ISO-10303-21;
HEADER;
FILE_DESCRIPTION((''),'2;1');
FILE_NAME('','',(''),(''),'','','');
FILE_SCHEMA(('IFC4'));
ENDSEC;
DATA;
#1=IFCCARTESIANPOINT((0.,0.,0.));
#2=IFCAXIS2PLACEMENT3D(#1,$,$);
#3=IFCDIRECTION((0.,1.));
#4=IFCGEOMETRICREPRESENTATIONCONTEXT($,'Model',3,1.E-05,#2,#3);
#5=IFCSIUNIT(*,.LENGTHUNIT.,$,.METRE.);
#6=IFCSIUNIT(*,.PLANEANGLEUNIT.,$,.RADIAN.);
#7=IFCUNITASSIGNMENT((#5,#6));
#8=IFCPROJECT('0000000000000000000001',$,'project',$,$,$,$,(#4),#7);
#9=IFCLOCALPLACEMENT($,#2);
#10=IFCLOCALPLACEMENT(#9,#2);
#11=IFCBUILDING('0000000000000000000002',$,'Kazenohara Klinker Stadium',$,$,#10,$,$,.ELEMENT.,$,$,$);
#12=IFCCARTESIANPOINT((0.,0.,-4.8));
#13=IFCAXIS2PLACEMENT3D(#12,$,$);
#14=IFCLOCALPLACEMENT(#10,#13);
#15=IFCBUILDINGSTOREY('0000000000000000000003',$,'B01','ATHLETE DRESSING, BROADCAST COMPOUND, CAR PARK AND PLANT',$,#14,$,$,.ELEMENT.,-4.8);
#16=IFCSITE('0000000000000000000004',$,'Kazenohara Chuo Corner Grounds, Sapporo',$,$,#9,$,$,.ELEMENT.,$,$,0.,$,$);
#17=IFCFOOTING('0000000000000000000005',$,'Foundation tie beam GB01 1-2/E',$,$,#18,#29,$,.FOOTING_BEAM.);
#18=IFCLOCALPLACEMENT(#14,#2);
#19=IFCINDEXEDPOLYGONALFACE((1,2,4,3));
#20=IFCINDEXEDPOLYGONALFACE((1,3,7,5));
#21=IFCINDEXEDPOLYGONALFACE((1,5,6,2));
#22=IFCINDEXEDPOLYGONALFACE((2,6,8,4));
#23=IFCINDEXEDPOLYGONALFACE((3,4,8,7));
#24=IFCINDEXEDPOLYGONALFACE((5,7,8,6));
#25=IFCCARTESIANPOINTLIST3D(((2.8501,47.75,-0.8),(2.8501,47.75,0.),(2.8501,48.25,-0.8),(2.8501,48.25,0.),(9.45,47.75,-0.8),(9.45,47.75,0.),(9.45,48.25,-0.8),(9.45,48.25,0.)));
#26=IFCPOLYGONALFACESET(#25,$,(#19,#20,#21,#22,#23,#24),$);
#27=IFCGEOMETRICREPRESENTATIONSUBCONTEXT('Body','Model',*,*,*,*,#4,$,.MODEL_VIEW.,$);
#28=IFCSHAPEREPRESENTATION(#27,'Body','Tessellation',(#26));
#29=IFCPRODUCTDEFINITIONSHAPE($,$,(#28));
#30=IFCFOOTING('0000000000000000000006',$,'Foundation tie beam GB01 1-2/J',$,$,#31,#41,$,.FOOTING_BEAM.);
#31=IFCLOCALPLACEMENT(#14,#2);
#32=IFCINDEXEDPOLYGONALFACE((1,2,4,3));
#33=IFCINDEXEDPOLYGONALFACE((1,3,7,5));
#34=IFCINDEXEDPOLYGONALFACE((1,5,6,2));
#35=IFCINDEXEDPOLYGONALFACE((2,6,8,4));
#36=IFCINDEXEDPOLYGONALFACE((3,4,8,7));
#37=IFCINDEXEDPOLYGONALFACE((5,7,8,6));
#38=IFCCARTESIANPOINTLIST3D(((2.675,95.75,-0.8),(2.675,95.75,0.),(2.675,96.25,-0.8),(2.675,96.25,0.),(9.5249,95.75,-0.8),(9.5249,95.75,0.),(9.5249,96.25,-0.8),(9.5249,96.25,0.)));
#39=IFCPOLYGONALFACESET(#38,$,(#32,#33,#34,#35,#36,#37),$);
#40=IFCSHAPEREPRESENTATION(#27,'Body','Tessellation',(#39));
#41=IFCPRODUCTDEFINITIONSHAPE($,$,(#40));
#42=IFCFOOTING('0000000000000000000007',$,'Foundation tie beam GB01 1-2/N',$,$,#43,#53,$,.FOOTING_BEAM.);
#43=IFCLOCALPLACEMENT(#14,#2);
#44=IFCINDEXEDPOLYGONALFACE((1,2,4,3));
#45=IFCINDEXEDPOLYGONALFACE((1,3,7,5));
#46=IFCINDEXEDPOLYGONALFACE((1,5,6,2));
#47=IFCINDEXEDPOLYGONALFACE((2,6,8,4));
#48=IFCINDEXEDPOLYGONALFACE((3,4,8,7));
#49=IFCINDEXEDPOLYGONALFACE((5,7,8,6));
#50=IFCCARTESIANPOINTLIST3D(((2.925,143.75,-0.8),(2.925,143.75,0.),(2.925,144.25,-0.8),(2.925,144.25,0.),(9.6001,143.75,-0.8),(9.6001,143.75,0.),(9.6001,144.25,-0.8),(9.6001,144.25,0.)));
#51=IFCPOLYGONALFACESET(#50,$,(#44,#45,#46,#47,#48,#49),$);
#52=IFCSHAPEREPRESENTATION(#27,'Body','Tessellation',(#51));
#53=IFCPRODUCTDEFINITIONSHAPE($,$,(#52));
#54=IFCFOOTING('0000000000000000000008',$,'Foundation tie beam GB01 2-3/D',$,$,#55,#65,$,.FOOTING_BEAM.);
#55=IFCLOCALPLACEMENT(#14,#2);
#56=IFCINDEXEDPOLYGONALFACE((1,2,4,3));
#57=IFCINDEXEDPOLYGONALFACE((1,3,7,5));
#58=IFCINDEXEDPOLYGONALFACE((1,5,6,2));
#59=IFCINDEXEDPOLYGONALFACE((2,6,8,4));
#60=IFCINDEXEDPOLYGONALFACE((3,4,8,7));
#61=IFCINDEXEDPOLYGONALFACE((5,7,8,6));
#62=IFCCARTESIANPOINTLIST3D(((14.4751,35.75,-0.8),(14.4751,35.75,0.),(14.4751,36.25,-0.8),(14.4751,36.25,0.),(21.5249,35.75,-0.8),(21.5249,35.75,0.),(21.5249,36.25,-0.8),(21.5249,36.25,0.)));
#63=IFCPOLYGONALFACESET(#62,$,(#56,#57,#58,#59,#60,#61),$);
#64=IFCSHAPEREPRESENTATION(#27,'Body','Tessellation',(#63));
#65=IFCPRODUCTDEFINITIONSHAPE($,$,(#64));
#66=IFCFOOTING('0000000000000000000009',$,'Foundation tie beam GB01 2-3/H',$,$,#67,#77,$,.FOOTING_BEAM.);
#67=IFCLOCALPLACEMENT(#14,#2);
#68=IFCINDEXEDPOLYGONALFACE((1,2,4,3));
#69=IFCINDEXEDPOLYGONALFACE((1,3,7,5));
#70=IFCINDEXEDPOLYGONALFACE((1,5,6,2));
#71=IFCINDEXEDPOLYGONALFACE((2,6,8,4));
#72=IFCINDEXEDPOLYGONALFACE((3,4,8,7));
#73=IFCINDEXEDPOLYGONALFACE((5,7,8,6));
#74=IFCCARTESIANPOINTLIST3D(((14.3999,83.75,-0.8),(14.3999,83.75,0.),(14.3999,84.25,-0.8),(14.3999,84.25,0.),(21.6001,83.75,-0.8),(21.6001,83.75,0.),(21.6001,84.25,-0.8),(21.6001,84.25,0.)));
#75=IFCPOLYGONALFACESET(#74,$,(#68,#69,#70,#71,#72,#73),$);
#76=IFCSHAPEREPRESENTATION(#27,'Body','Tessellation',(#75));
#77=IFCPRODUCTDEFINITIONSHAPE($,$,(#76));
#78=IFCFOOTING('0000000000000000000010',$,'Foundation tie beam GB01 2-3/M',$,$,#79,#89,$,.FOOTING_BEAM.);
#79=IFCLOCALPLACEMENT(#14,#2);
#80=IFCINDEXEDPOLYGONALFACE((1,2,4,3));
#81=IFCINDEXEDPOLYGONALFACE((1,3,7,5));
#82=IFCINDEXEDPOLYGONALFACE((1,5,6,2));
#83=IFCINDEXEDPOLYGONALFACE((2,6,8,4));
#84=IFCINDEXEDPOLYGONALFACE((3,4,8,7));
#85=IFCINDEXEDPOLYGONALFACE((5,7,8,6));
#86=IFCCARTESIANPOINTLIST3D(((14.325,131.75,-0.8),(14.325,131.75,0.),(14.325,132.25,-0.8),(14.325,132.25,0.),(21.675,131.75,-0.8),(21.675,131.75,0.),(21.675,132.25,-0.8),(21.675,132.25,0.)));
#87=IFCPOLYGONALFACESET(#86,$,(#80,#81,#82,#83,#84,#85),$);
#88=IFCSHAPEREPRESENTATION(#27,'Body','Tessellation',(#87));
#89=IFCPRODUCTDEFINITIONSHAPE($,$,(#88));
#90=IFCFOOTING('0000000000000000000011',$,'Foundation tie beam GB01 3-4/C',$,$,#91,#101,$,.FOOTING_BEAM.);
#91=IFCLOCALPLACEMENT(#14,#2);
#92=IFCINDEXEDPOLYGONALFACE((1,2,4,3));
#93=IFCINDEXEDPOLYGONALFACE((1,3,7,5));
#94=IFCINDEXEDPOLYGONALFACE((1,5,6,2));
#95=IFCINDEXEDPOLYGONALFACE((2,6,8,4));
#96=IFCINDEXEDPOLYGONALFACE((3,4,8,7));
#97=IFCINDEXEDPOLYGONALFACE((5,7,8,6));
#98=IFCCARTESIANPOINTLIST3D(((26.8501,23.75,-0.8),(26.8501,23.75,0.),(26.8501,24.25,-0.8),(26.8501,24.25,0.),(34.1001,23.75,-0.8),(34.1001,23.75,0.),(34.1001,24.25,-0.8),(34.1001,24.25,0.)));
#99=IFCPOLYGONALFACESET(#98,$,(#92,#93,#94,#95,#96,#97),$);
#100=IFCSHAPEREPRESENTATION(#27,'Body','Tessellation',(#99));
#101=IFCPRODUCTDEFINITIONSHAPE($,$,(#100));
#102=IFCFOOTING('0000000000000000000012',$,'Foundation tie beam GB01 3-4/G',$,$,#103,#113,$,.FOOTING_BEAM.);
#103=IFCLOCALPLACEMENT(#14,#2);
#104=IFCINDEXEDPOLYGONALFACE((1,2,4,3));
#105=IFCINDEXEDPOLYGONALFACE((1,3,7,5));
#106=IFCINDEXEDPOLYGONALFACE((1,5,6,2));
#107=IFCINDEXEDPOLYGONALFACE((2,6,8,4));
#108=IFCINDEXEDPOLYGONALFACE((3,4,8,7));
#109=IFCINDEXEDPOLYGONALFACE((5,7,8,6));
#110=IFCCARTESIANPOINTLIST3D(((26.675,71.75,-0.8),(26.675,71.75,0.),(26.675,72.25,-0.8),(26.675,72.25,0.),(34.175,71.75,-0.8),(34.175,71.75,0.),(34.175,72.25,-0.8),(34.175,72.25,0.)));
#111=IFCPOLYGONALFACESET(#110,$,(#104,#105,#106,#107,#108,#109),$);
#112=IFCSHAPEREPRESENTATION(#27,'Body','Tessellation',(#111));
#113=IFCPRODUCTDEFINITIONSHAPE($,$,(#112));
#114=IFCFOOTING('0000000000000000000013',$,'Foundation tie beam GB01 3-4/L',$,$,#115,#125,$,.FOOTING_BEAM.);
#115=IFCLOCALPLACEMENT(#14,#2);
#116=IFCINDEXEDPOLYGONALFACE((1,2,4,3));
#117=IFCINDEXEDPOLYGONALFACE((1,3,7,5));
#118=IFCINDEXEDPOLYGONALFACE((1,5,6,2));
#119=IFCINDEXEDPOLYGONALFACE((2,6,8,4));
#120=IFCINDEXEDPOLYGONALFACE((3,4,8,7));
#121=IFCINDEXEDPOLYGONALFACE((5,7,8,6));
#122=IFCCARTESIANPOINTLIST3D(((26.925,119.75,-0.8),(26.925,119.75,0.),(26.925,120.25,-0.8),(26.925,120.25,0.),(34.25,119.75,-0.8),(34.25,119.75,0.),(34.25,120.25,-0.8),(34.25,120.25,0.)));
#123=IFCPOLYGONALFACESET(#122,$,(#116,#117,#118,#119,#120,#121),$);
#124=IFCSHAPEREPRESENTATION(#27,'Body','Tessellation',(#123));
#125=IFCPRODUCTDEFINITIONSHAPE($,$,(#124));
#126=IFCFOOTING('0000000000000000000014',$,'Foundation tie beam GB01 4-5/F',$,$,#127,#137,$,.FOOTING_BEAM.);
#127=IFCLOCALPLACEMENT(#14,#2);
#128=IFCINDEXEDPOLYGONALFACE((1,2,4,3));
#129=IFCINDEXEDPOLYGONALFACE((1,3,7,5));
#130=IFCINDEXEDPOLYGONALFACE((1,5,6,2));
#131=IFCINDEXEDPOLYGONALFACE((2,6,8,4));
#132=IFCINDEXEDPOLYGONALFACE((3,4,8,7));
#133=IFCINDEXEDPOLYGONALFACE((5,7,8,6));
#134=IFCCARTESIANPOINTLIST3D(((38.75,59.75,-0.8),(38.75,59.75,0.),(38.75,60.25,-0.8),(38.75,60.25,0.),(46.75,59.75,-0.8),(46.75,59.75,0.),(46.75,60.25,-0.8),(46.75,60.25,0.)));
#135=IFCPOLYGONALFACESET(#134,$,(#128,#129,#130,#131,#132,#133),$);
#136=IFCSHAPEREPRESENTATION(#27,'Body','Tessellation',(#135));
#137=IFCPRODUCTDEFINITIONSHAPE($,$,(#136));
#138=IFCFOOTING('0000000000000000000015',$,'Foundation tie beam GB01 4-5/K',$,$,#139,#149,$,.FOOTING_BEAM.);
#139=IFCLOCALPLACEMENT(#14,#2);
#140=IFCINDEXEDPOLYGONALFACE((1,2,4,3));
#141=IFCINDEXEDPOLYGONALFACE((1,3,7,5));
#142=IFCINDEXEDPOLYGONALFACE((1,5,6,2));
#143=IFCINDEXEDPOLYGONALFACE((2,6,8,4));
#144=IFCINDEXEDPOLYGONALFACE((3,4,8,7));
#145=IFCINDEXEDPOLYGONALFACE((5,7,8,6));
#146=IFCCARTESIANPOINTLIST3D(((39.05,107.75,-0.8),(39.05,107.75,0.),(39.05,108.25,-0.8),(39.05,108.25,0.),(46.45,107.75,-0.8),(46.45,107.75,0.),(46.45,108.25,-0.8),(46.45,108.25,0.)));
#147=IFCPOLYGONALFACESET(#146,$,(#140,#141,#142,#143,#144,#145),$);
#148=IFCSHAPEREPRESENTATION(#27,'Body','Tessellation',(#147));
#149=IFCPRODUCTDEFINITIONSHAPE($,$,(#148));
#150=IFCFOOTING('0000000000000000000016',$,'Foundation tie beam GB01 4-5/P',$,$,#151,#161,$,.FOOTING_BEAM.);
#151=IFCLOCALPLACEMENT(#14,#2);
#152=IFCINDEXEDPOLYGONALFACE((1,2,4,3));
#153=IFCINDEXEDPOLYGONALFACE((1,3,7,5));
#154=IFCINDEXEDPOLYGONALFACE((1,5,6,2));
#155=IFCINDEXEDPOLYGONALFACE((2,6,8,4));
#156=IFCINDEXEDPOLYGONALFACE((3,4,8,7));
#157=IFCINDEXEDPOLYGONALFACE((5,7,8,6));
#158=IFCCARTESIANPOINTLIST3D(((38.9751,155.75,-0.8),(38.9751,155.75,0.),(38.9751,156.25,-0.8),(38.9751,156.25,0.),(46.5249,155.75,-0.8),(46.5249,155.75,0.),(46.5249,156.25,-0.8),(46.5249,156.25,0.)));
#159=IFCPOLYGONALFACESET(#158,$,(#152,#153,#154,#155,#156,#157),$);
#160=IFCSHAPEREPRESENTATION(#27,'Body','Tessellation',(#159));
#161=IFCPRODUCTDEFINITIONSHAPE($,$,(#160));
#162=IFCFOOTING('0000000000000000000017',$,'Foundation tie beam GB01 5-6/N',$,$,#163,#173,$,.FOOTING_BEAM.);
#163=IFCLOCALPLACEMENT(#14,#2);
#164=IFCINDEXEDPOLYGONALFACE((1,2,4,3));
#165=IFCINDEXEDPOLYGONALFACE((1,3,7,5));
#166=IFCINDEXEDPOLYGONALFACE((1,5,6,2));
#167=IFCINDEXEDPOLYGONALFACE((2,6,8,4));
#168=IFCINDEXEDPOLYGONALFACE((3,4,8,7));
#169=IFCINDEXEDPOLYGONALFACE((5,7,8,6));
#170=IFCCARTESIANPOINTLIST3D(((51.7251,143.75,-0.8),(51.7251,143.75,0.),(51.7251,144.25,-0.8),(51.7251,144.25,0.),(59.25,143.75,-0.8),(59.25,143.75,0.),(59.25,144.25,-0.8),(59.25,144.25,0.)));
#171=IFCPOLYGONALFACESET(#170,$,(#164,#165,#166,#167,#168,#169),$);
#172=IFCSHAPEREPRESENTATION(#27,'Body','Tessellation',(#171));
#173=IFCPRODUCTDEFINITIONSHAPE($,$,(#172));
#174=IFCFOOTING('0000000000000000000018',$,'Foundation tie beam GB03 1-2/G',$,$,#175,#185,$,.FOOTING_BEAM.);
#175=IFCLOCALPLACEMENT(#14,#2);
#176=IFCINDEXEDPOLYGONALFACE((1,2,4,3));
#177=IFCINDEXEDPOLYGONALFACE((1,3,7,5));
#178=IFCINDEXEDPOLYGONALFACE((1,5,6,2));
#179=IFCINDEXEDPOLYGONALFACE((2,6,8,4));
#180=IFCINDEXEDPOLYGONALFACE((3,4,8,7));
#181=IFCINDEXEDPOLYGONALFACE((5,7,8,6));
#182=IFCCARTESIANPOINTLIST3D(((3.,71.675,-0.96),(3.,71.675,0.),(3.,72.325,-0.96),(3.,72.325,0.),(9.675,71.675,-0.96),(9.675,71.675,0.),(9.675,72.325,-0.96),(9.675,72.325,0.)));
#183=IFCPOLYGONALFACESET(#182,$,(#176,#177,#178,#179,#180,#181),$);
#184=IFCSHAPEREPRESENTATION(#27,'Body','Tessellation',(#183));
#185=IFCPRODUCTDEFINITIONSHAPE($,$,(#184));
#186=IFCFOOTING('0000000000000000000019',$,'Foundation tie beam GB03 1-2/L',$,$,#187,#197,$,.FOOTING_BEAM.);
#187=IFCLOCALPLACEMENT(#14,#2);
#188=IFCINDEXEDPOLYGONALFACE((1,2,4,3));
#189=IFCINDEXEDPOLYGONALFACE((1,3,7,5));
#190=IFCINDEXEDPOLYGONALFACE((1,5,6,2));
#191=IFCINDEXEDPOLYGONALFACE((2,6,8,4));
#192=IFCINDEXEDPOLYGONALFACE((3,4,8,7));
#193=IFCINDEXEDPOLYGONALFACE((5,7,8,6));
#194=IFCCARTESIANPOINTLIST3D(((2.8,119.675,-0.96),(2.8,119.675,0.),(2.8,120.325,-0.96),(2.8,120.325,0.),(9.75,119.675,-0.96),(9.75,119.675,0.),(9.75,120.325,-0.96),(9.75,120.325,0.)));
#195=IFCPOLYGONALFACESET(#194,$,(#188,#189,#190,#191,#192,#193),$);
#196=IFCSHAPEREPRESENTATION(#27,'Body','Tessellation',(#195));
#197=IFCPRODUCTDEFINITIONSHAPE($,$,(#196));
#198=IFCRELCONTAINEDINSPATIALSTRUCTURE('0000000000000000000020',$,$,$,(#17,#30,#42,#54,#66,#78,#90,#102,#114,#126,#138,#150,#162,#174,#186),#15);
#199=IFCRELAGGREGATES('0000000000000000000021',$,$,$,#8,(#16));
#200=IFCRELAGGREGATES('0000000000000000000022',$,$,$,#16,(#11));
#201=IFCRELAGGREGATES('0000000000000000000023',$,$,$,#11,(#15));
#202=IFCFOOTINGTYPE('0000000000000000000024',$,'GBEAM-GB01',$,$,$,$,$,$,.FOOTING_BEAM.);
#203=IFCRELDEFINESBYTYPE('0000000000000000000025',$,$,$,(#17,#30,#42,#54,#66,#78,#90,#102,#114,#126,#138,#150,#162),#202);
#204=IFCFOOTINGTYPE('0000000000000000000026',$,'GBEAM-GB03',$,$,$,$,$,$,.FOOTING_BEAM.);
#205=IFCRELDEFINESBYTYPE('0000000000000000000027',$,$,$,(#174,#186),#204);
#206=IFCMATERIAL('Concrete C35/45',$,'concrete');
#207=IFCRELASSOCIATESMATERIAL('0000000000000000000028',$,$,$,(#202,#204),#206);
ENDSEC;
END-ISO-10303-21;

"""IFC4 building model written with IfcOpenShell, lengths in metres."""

from ifc_helpers import new_model, si_unit, direction, frame, origin, place, context, subcontext, project, spatial, polyline, outline, extrude, material, type_object, element, save


model = new_model("IFC4")

# Units and contexts
model_context = context("Model", 3, precision=1e-05, world=origin(), true_north=direction((0.0, 1.0)))
body_context = subcontext(model_context, "Body", "Model", "MODEL_VIEW")
ifc_project = project(units=[si_unit("LENGTHUNIT", "METRE"), si_unit("PLANEANGLEUNIT", "RADIAN")], contexts=[model_context])

# Site, building, storey
site_placement = place(None, origin())
site = spatial("IfcSite", under=ifc_project, at=site_placement, Name="Kazenohara Chuo Corner Grounds, Sapporo", CompositionType="ELEMENT", RefElevation=0.0)
building_placement = place(site_placement, origin())
building = spatial("IfcBuilding", under=site, at=building_placement, Name="Kazenohara Klinker Stadium", CompositionType="ELEMENT")
storey_placement = place(building_placement, frame((0.0, 0.0, -4.8)))
storey = spatial("IfcBuildingStorey", under=building, at=storey_placement, Name="B01", Description="ATHLETE DRESSING, BROADCAST COMPOUND, CAR PARK AND PLANT", CompositionType="ELEMENT", Elevation=-4.8)

# Footings
ifc_material_1 = material(Name="Concrete C35/45", Category="concrete")
footing_type_1 = type_object("IfcFootingType", Name="GBEAM-GB01", PredefinedType="FOOTING_BEAM", material=ifc_material_1)
footing_1_placement = place(storey_placement, frame((0.0, 0.0, -0.8)))
element("IfcFooting", 1, at=footing_1_placement, inside=storey, type_object=footing_type_1, Name="Foundation tie beam GB01 1-2/E", PredefinedType="FOOTING_BEAM", context=body_context, shape_type="SweptSolid", body=[
    extrude(outline(polyline([(2.8501, 47.75), (9.45, 47.75), (9.45, 48.25), (2.8501, 48.25), (2.8501, 47.75)])), origin(), (0.0, 0.0, 1.0), 0.8),
])
footing_2_placement = place(storey_placement, frame((0.0, 0.0, -0.8)))
element("IfcFooting", 2, at=footing_2_placement, inside=storey, type_object=footing_type_1, Name="Foundation tie beam GB01 1-2/J", PredefinedType="FOOTING_BEAM", context=body_context, shape_type="SweptSolid", body=[
    extrude(outline(polyline([(2.675, 95.75), (9.5249, 95.75), (9.5249, 96.25), (2.675, 96.25), (2.675, 95.75)])), origin(), (0.0, 0.0, 1.0), 0.8),
])
footing_3_placement = place(storey_placement, frame((0.0, 0.0, -0.8)))
element("IfcFooting", 3, at=footing_3_placement, inside=storey, type_object=footing_type_1, Name="Foundation tie beam GB01 1-2/N", PredefinedType="FOOTING_BEAM", context=body_context, shape_type="SweptSolid", body=[
    extrude(outline(polyline([(2.925, 143.75), (9.6001, 143.75), (9.6001, 144.25), (2.925, 144.25), (2.925, 143.75)])), origin(), (0.0, 0.0, 1.0), 0.8),
])
footing_4_placement = place(storey_placement, frame((0.0, 0.0, -0.8)))
element("IfcFooting", 4, at=footing_4_placement, inside=storey, type_object=footing_type_1, Name="Foundation tie beam GB01 2-3/D", PredefinedType="FOOTING_BEAM", context=body_context, shape_type="SweptSolid", body=[
    extrude(outline(polyline([(14.4751, 35.75), (21.5249, 35.75), (21.5249, 36.25), (14.4751, 36.25), (14.4751, 35.75)])), origin(), (0.0, 0.0, 1.0), 0.8),
])
footing_5_placement = place(storey_placement, frame((0.0, 0.0, -0.8)))
element("IfcFooting", 5, at=footing_5_placement, inside=storey, type_object=footing_type_1, Name="Foundation tie beam GB01 2-3/H", PredefinedType="FOOTING_BEAM", context=body_context, shape_type="SweptSolid", body=[
    extrude(outline(polyline([(14.3999, 83.75), (21.6001, 83.75), (21.6001, 84.25), (14.3999, 84.25), (14.3999, 83.75)])), origin(), (0.0, 0.0, 1.0), 0.8),
])
footing_6_placement = place(storey_placement, frame((0.0, 0.0, -0.8)))
element("IfcFooting", 6, at=footing_6_placement, inside=storey, type_object=footing_type_1, Name="Foundation tie beam GB01 2-3/M", PredefinedType="FOOTING_BEAM", context=body_context, shape_type="SweptSolid", body=[
    extrude(outline(polyline([(14.325, 131.75), (21.675, 131.75), (21.675, 132.25), (14.325, 132.25), (14.325, 131.75)])), origin(), (0.0, 0.0, 1.0), 0.8),
])
footing_7_placement = place(storey_placement, frame((0.0, 0.0, -0.8)))
element("IfcFooting", 7, at=footing_7_placement, inside=storey, type_object=footing_type_1, Name="Foundation tie beam GB01 3-4/C", PredefinedType="FOOTING_BEAM", context=body_context, shape_type="SweptSolid", body=[
    extrude(outline(polyline([(26.8501, 23.75), (34.1001, 23.75), (34.1001, 24.25), (26.8501, 24.25), (26.8501, 23.75)])), origin(), (0.0, 0.0, 1.0), 0.8),
])
footing_8_placement = place(storey_placement, frame((0.0, 0.0, -0.8)))
element("IfcFooting", 8, at=footing_8_placement, inside=storey, type_object=footing_type_1, Name="Foundation tie beam GB01 3-4/G", PredefinedType="FOOTING_BEAM", context=body_context, shape_type="SweptSolid", body=[
    extrude(outline(polyline([(26.675, 71.75), (34.175, 71.75), (34.175, 72.25), (26.675, 72.25), (26.675, 71.75)])), origin(), (0.0, 0.0, 1.0), 0.8),
])
footing_9_placement = place(storey_placement, frame((0.0, 0.0, -0.8)))
element("IfcFooting", 9, at=footing_9_placement, inside=storey, type_object=footing_type_1, Name="Foundation tie beam GB01 3-4/L", PredefinedType="FOOTING_BEAM", context=body_context, shape_type="SweptSolid", body=[
    extrude(outline(polyline([(26.925, 119.75), (34.25, 119.75), (34.25, 120.25), (26.925, 120.25), (26.925, 119.75)])), origin(), (0.0, 0.0, 1.0), 0.8),
])
footing_10_placement = place(storey_placement, frame((0.0, 0.0, -0.8)))
element("IfcFooting", 10, at=footing_10_placement, inside=storey, type_object=footing_type_1, Name="Foundation tie beam GB01 4-5/F", PredefinedType="FOOTING_BEAM", context=body_context, shape_type="SweptSolid", body=[
    extrude(outline(polyline([(38.75, 59.75), (46.75, 59.75), (46.75, 60.25), (38.75, 60.25), (38.75, 59.75)])), origin(), (0.0, 0.0, 1.0), 0.8),
])
footing_11_placement = place(storey_placement, frame((0.0, 0.0, -0.8)))
element("IfcFooting", 11, at=footing_11_placement, inside=storey, type_object=footing_type_1, Name="Foundation tie beam GB01 4-5/K", PredefinedType="FOOTING_BEAM", context=body_context, shape_type="SweptSolid", body=[
    extrude(outline(polyline([(39.05, 107.75), (46.45, 107.75), (46.45, 108.25), (39.05, 108.25), (39.05, 107.75)])), origin(), (0.0, 0.0, 1.0), 0.8),
])
footing_12_placement = place(storey_placement, frame((0.0, 0.0, -0.8)))
element("IfcFooting", 12, at=footing_12_placement, inside=storey, type_object=footing_type_1, Name="Foundation tie beam GB01 4-5/P", PredefinedType="FOOTING_BEAM", context=body_context, shape_type="SweptSolid", body=[
    extrude(outline(polyline([(38.9751, 155.75), (46.5249, 155.75), (46.5249, 156.25), (38.9751, 156.25), (38.9751, 155.75)])), origin(), (0.0, 0.0, 1.0), 0.8),
])
footing_13_placement = place(storey_placement, frame((0.0, 0.0, -0.8)))
element("IfcFooting", 13, at=footing_13_placement, inside=storey, type_object=footing_type_1, Name="Foundation tie beam GB01 5-6/N", PredefinedType="FOOTING_BEAM", context=body_context, shape_type="SweptSolid", body=[
    extrude(outline(polyline([(51.7251, 143.75), (59.25, 143.75), (59.25, 144.25), (51.7251, 144.25), (51.7251, 143.75)])), origin(), (0.0, 0.0, 1.0), 0.8),
])
footing_type_2 = type_object("IfcFootingType", Name="GBEAM-GB03", PredefinedType="FOOTING_BEAM", material=ifc_material_1)
footing_14_placement = place(storey_placement, frame((0.0, 0.0, -0.96)))
element("IfcFooting", 14, at=footing_14_placement, inside=storey, type_object=footing_type_2, Name="Foundation tie beam GB03 1-2/G", PredefinedType="FOOTING_BEAM", context=body_context, shape_type="SweptSolid", body=[
    extrude(outline(polyline([(3.0, 71.675), (9.675, 71.675), (9.675, 72.325), (3.0, 72.325), (3.0, 71.675)])), origin(), (0.0, 0.0, 1.0), 0.96),
])
footing_15_placement = place(storey_placement, frame((0.0, 0.0, -0.96)))
element("IfcFooting", 15, at=footing_15_placement, inside=storey, type_object=footing_type_2, Name="Foundation tie beam GB03 1-2/L", PredefinedType="FOOTING_BEAM", context=body_context, shape_type="SweptSolid", body=[
    extrude(outline(polyline([(2.8, 119.675), (9.75, 119.675), (9.75, 120.325), (2.8, 120.325), (2.8, 119.675)])), origin(), (0.0, 0.0, 1.0), 0.96),
])

save(model, "model.ifc")
